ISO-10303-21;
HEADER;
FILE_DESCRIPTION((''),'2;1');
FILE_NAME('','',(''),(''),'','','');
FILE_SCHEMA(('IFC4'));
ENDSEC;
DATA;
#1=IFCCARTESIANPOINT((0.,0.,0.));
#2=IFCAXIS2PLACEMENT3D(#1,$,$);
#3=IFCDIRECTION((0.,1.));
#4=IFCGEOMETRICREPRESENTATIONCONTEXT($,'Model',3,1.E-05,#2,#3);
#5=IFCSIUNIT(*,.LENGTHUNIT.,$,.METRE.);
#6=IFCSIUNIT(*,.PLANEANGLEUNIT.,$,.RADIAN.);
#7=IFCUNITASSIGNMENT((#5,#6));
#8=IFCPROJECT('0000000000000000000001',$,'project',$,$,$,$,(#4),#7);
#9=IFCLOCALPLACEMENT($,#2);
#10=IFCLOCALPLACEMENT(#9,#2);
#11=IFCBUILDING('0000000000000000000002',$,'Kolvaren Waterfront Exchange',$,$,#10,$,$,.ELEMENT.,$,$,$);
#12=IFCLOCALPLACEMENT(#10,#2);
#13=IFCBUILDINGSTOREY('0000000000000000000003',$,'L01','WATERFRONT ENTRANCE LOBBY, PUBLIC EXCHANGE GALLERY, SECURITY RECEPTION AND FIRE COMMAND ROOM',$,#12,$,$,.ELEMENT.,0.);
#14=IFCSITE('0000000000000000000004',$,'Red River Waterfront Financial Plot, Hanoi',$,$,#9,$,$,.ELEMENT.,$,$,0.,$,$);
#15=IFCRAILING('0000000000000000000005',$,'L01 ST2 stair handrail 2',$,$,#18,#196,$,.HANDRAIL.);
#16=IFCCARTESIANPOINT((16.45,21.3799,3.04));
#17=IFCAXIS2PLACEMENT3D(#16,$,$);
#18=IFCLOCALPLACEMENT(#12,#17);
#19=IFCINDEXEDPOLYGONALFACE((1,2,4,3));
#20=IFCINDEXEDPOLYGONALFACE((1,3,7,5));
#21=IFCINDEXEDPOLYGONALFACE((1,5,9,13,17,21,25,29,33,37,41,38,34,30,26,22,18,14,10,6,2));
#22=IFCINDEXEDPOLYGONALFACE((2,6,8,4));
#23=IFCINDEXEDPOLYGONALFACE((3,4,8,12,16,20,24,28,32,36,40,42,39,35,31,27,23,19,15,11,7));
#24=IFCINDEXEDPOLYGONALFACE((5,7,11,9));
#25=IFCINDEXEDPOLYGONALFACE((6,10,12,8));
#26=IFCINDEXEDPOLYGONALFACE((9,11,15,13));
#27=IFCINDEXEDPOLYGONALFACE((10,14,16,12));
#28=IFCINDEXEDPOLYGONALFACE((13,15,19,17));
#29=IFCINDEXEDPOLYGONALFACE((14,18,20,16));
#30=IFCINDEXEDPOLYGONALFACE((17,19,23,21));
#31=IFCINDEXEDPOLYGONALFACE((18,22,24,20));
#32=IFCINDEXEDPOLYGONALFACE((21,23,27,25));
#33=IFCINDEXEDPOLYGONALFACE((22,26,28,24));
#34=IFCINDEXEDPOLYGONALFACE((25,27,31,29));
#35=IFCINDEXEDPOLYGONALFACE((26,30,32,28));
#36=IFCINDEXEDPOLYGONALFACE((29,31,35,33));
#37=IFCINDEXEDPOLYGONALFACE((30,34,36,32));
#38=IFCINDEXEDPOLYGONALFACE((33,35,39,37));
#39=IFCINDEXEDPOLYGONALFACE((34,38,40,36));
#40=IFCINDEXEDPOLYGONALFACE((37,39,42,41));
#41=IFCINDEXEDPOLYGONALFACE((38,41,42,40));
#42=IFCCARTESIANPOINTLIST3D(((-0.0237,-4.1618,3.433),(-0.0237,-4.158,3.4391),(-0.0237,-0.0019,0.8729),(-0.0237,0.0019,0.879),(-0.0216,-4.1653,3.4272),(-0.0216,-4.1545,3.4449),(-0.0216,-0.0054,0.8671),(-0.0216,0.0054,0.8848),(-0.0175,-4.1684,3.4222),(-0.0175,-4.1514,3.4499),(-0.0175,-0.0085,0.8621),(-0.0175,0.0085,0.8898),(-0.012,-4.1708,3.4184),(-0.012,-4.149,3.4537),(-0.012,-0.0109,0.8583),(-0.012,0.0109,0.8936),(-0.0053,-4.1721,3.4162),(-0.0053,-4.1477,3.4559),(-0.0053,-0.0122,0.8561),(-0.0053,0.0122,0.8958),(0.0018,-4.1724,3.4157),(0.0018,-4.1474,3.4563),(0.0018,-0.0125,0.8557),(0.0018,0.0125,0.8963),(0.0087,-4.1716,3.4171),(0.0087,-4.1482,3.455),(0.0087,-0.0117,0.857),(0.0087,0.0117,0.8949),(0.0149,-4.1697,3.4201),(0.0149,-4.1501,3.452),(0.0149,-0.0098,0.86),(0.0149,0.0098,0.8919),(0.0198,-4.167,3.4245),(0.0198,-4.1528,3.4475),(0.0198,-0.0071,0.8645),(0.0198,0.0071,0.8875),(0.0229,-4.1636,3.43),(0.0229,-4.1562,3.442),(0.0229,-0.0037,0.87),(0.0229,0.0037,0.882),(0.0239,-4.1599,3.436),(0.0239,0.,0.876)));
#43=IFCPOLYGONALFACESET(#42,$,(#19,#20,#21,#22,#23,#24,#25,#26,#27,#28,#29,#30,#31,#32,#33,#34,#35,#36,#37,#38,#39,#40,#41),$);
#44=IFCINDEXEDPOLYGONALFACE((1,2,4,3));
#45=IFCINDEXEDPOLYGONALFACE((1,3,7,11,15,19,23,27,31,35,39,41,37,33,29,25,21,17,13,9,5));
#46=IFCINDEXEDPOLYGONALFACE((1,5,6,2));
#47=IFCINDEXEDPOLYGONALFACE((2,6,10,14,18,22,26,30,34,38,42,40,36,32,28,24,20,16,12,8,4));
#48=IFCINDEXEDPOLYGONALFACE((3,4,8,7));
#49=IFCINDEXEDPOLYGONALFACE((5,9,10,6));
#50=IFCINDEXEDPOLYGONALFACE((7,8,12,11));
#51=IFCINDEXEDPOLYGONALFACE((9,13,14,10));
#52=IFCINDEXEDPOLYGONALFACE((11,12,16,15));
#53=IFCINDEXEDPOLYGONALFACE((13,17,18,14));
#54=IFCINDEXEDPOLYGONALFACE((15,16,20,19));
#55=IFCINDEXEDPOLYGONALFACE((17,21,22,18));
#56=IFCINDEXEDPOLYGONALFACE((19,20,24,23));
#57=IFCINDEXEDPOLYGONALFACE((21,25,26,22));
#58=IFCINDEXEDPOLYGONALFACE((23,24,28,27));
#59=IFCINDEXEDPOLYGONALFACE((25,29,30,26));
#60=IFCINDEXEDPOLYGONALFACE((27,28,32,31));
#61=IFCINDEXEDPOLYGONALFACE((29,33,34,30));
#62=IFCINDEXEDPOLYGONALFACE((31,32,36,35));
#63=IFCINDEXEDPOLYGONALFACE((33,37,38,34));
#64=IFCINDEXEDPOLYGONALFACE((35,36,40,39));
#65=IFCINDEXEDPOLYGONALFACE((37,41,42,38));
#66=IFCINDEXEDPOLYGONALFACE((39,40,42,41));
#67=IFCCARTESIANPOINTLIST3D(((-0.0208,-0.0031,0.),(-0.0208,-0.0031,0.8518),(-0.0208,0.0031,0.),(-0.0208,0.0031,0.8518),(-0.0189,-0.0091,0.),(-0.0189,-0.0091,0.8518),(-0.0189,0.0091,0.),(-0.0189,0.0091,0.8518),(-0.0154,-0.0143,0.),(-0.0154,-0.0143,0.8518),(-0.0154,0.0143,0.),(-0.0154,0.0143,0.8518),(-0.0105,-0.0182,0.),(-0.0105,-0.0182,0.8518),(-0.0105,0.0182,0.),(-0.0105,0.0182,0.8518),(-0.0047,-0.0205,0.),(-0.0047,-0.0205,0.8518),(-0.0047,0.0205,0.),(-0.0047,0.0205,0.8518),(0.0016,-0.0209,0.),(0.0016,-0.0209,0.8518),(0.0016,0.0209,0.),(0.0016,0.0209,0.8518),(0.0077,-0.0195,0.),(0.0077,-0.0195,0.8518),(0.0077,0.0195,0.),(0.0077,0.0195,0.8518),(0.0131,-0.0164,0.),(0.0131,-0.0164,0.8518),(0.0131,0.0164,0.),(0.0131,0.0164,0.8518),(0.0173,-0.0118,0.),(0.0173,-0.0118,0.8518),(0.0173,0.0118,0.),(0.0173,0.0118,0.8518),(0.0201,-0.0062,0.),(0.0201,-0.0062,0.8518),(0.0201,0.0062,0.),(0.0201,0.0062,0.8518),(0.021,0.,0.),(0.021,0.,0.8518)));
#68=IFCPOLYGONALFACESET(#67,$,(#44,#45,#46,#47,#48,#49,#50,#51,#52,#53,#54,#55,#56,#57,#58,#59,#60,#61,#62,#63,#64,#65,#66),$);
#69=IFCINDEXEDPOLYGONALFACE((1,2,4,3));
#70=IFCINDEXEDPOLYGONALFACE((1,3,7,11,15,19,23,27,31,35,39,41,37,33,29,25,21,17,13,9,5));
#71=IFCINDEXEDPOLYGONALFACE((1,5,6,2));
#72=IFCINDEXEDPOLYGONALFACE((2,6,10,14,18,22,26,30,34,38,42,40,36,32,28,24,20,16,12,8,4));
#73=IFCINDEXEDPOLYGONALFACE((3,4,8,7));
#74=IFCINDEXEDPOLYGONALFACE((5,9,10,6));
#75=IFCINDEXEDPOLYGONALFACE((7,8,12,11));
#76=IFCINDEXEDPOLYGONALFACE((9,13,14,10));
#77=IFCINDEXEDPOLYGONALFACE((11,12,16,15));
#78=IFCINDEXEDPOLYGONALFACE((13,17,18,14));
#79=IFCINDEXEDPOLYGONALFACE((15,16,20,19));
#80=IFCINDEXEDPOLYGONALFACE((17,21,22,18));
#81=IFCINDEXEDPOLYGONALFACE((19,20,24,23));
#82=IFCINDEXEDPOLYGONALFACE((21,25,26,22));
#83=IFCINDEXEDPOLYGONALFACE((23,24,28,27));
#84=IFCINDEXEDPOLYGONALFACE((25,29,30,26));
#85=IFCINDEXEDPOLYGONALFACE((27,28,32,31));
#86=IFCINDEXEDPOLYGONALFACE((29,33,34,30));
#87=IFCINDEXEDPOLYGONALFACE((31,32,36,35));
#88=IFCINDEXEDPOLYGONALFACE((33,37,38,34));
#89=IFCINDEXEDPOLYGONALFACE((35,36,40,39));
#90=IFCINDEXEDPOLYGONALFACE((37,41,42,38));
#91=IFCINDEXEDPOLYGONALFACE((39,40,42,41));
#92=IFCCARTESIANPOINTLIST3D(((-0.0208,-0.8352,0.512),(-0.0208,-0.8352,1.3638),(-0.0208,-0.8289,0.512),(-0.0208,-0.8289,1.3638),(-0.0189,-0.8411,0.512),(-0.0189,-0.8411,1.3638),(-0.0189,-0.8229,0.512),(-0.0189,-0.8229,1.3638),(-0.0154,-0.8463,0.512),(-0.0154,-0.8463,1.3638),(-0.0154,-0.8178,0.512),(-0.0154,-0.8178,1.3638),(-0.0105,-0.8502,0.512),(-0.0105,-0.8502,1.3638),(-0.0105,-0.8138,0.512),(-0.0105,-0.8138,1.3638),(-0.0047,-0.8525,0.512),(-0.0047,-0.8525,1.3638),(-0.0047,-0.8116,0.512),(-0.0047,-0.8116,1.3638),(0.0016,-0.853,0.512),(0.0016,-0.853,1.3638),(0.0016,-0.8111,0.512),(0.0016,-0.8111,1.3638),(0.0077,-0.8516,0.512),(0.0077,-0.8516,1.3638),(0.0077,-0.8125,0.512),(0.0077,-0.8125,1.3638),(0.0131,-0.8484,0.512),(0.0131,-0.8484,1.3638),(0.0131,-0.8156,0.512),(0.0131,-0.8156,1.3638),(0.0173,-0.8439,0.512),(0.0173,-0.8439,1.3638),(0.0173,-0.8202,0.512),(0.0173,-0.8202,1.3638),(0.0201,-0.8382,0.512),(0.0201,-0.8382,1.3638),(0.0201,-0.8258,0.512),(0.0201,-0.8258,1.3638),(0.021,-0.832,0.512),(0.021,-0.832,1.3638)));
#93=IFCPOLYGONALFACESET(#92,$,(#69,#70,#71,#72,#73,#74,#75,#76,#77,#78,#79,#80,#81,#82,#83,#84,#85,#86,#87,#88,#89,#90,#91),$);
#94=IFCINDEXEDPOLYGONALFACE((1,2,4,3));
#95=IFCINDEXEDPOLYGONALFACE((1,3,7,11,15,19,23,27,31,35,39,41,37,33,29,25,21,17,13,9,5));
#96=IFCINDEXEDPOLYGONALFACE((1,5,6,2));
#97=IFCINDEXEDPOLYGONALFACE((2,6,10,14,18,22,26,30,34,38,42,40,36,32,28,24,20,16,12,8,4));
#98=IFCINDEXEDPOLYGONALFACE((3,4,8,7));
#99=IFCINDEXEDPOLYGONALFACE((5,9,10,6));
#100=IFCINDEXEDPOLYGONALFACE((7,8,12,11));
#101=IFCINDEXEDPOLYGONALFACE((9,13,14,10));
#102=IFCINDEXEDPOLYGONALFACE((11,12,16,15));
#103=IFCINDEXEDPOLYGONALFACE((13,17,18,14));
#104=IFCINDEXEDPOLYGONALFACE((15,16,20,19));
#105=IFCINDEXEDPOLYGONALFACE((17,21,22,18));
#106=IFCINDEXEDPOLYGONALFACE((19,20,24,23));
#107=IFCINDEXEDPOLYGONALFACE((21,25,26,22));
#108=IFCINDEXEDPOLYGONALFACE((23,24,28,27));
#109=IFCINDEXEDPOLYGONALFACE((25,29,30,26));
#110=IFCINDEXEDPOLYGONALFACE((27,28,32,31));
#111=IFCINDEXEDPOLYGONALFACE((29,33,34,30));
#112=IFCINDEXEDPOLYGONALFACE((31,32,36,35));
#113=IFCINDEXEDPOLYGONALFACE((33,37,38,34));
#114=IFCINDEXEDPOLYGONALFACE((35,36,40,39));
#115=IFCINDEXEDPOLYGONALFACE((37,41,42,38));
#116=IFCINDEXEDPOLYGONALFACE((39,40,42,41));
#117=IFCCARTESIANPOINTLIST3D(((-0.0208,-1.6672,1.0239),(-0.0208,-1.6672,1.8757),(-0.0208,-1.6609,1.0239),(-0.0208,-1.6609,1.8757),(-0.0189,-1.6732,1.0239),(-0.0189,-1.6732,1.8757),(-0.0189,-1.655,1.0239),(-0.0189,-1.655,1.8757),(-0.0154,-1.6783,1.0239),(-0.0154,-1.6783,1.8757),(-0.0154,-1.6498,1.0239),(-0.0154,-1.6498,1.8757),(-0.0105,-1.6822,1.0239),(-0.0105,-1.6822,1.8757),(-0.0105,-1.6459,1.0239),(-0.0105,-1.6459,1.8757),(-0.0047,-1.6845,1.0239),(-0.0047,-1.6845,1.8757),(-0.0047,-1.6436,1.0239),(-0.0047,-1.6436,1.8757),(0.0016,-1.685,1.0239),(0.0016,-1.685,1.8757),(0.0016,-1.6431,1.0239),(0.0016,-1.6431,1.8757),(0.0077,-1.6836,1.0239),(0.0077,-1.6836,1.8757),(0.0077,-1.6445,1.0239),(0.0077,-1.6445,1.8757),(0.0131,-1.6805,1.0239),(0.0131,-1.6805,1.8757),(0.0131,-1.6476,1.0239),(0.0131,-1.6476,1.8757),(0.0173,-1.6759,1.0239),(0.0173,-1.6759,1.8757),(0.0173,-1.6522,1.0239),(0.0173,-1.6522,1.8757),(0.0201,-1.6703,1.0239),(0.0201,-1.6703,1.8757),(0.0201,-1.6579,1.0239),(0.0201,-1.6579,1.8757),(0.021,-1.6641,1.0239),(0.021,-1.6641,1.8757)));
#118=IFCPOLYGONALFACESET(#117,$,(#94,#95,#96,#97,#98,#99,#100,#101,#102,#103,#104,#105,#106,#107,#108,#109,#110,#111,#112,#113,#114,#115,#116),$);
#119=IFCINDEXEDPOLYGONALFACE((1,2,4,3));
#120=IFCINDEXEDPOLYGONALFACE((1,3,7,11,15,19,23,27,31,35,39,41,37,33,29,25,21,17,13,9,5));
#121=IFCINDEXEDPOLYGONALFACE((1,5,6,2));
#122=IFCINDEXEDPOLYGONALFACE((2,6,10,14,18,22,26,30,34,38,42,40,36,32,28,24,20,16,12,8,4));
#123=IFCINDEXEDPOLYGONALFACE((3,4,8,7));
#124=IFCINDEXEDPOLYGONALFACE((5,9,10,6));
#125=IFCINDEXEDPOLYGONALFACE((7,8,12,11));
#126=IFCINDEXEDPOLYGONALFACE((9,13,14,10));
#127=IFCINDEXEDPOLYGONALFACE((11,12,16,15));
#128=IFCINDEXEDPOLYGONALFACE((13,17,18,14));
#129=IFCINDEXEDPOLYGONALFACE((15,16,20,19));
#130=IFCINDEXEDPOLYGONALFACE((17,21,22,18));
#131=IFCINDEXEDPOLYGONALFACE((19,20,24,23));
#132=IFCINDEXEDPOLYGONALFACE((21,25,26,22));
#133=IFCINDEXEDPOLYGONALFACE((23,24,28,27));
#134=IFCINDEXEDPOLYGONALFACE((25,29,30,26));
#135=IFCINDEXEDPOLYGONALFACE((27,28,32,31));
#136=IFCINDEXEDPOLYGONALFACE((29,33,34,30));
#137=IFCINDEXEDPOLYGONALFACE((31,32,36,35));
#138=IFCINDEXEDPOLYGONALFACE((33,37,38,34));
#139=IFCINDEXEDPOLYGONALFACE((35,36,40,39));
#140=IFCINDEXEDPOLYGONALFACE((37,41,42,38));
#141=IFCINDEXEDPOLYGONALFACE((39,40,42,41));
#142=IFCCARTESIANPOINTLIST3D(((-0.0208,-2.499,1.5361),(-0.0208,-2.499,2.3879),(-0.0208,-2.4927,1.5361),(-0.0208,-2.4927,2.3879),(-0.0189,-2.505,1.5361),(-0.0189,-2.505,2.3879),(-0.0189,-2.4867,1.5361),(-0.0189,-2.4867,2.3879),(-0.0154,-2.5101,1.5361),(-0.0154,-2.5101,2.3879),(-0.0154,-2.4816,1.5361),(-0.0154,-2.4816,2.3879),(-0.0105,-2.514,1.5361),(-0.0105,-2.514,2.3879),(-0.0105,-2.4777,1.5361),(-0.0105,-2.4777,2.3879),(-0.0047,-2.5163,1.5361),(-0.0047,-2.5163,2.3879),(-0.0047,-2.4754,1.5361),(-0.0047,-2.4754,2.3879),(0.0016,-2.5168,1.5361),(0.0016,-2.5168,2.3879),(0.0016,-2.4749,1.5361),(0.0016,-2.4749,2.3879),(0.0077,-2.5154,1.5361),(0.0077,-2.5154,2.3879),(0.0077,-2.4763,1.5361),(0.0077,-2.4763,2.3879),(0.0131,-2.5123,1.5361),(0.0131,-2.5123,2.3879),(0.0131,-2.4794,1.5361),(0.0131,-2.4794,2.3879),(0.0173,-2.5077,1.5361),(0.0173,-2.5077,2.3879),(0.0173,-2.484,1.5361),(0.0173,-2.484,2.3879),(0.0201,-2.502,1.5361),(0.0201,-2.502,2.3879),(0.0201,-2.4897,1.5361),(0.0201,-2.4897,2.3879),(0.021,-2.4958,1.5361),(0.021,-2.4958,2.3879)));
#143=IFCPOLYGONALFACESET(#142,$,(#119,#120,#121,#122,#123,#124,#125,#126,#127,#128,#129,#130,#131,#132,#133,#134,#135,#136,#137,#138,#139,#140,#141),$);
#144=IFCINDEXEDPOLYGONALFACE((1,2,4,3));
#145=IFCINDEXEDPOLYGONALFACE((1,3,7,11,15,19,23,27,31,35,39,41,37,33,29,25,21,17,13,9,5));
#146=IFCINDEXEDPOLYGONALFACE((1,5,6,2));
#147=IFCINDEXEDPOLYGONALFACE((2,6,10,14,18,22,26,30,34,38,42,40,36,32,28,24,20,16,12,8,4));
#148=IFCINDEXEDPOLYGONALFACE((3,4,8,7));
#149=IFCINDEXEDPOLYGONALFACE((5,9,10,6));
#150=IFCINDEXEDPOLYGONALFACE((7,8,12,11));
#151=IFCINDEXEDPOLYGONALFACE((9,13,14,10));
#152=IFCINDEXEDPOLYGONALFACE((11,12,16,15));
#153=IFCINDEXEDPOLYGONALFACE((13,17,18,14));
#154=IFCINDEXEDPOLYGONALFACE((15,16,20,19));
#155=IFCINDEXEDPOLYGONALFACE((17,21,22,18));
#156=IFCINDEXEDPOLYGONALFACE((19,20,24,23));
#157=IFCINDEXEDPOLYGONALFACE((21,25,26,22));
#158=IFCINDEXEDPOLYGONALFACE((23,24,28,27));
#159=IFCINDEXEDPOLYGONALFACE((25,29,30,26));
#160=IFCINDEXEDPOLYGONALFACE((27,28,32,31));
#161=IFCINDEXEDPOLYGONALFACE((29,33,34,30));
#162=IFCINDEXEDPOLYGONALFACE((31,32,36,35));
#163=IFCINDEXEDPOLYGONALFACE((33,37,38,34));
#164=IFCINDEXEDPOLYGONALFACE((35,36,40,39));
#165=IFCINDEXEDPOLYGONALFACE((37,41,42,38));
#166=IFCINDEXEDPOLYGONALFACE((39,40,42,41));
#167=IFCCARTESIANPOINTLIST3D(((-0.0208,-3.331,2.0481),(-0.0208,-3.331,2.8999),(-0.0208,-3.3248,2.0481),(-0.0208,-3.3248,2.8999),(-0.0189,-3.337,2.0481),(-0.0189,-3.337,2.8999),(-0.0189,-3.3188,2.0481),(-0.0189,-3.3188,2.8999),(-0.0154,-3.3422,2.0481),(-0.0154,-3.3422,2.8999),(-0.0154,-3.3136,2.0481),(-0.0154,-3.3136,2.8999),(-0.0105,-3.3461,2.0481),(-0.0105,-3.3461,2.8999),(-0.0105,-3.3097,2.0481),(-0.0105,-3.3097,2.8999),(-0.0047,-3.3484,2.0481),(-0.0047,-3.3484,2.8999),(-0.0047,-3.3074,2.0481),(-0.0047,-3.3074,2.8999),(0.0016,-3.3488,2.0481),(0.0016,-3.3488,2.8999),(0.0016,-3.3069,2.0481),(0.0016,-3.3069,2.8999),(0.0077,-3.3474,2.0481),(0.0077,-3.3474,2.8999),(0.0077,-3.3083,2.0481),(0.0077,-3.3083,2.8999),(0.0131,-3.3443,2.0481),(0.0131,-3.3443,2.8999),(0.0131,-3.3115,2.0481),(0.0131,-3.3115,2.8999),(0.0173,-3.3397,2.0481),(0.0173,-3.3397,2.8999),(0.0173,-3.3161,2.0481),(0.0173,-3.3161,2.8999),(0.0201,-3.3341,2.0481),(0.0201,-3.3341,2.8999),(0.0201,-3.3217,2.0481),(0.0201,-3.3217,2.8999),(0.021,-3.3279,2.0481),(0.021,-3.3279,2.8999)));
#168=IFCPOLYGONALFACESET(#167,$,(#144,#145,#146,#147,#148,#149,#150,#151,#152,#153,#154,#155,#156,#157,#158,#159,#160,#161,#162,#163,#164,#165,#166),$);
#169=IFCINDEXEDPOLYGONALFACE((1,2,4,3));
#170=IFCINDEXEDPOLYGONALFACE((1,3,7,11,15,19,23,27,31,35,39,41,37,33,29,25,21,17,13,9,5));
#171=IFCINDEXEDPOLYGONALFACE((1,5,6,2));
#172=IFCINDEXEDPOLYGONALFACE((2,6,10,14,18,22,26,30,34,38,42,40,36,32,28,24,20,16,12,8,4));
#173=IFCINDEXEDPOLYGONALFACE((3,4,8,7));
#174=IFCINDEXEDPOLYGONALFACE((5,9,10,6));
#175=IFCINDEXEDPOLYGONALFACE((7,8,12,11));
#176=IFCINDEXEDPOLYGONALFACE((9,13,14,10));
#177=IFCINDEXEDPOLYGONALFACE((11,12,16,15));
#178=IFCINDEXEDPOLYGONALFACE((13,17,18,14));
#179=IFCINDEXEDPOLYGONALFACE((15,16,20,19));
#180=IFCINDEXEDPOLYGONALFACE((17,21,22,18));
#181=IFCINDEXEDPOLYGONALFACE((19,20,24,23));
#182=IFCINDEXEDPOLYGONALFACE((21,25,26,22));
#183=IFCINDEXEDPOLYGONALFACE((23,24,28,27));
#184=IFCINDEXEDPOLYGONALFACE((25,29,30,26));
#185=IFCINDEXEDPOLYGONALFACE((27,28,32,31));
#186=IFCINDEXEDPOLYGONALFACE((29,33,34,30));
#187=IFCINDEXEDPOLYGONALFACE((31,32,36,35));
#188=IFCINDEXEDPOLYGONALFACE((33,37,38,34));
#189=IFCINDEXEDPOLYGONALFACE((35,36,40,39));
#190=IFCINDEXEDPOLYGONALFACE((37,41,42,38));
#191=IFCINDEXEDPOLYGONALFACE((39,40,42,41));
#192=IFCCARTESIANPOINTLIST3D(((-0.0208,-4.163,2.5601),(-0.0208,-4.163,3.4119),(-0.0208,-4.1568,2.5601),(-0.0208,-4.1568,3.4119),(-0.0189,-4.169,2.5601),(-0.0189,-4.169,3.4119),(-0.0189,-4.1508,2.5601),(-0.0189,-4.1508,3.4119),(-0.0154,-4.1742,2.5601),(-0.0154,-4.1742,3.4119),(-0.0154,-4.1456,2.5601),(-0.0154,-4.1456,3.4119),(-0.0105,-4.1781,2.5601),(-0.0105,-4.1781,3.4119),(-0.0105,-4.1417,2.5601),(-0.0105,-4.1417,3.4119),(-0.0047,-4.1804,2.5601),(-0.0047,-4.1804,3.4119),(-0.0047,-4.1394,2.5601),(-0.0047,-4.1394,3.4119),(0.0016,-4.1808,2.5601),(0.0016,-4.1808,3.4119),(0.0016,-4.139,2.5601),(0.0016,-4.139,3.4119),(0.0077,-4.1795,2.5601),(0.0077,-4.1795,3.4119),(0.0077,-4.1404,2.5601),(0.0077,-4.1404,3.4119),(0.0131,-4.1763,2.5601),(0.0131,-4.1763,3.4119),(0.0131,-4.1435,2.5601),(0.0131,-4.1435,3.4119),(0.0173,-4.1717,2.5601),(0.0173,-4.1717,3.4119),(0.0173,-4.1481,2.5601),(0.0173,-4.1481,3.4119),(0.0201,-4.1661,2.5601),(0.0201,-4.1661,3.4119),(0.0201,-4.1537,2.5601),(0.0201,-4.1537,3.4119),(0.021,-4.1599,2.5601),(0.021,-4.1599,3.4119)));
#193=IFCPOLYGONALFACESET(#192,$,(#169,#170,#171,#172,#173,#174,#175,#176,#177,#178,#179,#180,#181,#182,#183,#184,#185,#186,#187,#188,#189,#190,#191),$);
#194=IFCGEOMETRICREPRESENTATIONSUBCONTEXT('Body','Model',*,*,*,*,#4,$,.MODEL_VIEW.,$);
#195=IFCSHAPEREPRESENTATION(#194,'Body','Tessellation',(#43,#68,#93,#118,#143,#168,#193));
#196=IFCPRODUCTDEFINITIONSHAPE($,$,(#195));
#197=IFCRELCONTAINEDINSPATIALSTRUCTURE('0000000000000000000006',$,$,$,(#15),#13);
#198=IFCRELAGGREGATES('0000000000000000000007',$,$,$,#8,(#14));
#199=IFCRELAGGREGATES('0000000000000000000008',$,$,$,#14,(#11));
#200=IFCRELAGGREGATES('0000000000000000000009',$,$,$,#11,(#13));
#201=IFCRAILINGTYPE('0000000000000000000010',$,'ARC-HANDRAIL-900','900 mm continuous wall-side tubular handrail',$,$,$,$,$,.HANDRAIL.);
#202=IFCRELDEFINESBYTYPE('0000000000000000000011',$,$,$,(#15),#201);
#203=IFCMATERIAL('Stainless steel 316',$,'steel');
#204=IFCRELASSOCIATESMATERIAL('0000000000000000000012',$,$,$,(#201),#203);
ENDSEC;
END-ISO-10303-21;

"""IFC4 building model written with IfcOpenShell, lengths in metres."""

from ifc_helpers import new_model, si_unit, direction, frame, origin, origin_2d, place, context, subcontext, project, spatial, circle, extrude, material, type_object, element, save


model = new_model("IFC4")

# Units and contexts
model_context = context("Model", 3, precision=1e-05, world=origin(), true_north=direction((0.0, 1.0)))
body_context = subcontext(model_context, "Body", "Model", "MODEL_VIEW")
ifc_project = project(units=[si_unit("LENGTHUNIT", "METRE"), si_unit("PLANEANGLEUNIT", "RADIAN")], contexts=[model_context])

# Site, building, storey
site_placement = place(None, origin())
site = spatial("IfcSite", under=ifc_project, at=site_placement, Name="Red River Waterfront Financial Plot, Hanoi", CompositionType="ELEMENT", RefElevation=0.0)
building_placement = place(site_placement, origin())
building = spatial("IfcBuilding", under=site, at=building_placement, Name="Kolvaren Waterfront Exchange", CompositionType="ELEMENT")
storey_placement = place(building_placement, origin())
storey = spatial("IfcBuildingStorey", under=building, at=storey_placement, Name="L01", Description="WATERFRONT ENTRANCE LOBBY, PUBLIC EXCHANGE GALLERY, SECURITY RECEPTION AND FIRE COMMAND ROOM", CompositionType="ELEMENT", Elevation=0.0)

# Railing
ifc_material_1 = material(Name="Stainless steel 316", Category="steel")
railing_type_1 = type_object("IfcRailingType", Name="ARC-HANDRAIL-900", Description="900 mm continuous wall-side tubular handrail", PredefinedType="HANDRAIL", material=ifc_material_1)
railing_1_placement = place(storey_placement, frame((16.45, 21.3799, 3.04)))
element("IfcRailing", 1, at=railing_1_placement, inside=storey, type_object=railing_type_1, Name="L01 ST2 stair handrail 2", PredefinedType="HANDRAIL", context=body_context, shape_type="SweptSolid", body=[
    extrude(circle(Radius=0.0239, at=origin_2d()), frame((0.0, 0.0, 0.876), z_axis=(0.0, -0.851648, 0.524114), x_axis=(1.0, 0.0, 0.0)), (0.0, 0.0, 1.0), 4.8845),
    extrude(circle(Radius=0.021, at=origin_2d()), origin(), (0.0, 0.0, 1.0), 0.8518),
    extrude(circle(Radius=0.021, at=origin_2d()), frame((0.0, -0.832, 0.512)), (0.0, 0.0, 1.0), 0.8518),
    extrude(circle(Radius=0.021, at=origin_2d()), frame((0.0, -1.6641, 1.0239)), (0.0, 0.0, 1.0), 0.8518),
    extrude(circle(Radius=0.021, at=origin_2d()), frame((0.0, -2.4958, 1.5361)), (0.0, 0.0, 1.0), 0.8518),
    extrude(circle(Radius=0.021, at=origin_2d()), frame((0.0, -3.3279, 2.0481)), (0.0, 0.0, 1.0), 0.8518),
    extrude(circle(Radius=0.021, at=origin_2d()), frame((0.0, -4.1599, 2.5601)), (0.0, 0.0, 1.0), 0.8518),
])

save(model, "model.ifc")
